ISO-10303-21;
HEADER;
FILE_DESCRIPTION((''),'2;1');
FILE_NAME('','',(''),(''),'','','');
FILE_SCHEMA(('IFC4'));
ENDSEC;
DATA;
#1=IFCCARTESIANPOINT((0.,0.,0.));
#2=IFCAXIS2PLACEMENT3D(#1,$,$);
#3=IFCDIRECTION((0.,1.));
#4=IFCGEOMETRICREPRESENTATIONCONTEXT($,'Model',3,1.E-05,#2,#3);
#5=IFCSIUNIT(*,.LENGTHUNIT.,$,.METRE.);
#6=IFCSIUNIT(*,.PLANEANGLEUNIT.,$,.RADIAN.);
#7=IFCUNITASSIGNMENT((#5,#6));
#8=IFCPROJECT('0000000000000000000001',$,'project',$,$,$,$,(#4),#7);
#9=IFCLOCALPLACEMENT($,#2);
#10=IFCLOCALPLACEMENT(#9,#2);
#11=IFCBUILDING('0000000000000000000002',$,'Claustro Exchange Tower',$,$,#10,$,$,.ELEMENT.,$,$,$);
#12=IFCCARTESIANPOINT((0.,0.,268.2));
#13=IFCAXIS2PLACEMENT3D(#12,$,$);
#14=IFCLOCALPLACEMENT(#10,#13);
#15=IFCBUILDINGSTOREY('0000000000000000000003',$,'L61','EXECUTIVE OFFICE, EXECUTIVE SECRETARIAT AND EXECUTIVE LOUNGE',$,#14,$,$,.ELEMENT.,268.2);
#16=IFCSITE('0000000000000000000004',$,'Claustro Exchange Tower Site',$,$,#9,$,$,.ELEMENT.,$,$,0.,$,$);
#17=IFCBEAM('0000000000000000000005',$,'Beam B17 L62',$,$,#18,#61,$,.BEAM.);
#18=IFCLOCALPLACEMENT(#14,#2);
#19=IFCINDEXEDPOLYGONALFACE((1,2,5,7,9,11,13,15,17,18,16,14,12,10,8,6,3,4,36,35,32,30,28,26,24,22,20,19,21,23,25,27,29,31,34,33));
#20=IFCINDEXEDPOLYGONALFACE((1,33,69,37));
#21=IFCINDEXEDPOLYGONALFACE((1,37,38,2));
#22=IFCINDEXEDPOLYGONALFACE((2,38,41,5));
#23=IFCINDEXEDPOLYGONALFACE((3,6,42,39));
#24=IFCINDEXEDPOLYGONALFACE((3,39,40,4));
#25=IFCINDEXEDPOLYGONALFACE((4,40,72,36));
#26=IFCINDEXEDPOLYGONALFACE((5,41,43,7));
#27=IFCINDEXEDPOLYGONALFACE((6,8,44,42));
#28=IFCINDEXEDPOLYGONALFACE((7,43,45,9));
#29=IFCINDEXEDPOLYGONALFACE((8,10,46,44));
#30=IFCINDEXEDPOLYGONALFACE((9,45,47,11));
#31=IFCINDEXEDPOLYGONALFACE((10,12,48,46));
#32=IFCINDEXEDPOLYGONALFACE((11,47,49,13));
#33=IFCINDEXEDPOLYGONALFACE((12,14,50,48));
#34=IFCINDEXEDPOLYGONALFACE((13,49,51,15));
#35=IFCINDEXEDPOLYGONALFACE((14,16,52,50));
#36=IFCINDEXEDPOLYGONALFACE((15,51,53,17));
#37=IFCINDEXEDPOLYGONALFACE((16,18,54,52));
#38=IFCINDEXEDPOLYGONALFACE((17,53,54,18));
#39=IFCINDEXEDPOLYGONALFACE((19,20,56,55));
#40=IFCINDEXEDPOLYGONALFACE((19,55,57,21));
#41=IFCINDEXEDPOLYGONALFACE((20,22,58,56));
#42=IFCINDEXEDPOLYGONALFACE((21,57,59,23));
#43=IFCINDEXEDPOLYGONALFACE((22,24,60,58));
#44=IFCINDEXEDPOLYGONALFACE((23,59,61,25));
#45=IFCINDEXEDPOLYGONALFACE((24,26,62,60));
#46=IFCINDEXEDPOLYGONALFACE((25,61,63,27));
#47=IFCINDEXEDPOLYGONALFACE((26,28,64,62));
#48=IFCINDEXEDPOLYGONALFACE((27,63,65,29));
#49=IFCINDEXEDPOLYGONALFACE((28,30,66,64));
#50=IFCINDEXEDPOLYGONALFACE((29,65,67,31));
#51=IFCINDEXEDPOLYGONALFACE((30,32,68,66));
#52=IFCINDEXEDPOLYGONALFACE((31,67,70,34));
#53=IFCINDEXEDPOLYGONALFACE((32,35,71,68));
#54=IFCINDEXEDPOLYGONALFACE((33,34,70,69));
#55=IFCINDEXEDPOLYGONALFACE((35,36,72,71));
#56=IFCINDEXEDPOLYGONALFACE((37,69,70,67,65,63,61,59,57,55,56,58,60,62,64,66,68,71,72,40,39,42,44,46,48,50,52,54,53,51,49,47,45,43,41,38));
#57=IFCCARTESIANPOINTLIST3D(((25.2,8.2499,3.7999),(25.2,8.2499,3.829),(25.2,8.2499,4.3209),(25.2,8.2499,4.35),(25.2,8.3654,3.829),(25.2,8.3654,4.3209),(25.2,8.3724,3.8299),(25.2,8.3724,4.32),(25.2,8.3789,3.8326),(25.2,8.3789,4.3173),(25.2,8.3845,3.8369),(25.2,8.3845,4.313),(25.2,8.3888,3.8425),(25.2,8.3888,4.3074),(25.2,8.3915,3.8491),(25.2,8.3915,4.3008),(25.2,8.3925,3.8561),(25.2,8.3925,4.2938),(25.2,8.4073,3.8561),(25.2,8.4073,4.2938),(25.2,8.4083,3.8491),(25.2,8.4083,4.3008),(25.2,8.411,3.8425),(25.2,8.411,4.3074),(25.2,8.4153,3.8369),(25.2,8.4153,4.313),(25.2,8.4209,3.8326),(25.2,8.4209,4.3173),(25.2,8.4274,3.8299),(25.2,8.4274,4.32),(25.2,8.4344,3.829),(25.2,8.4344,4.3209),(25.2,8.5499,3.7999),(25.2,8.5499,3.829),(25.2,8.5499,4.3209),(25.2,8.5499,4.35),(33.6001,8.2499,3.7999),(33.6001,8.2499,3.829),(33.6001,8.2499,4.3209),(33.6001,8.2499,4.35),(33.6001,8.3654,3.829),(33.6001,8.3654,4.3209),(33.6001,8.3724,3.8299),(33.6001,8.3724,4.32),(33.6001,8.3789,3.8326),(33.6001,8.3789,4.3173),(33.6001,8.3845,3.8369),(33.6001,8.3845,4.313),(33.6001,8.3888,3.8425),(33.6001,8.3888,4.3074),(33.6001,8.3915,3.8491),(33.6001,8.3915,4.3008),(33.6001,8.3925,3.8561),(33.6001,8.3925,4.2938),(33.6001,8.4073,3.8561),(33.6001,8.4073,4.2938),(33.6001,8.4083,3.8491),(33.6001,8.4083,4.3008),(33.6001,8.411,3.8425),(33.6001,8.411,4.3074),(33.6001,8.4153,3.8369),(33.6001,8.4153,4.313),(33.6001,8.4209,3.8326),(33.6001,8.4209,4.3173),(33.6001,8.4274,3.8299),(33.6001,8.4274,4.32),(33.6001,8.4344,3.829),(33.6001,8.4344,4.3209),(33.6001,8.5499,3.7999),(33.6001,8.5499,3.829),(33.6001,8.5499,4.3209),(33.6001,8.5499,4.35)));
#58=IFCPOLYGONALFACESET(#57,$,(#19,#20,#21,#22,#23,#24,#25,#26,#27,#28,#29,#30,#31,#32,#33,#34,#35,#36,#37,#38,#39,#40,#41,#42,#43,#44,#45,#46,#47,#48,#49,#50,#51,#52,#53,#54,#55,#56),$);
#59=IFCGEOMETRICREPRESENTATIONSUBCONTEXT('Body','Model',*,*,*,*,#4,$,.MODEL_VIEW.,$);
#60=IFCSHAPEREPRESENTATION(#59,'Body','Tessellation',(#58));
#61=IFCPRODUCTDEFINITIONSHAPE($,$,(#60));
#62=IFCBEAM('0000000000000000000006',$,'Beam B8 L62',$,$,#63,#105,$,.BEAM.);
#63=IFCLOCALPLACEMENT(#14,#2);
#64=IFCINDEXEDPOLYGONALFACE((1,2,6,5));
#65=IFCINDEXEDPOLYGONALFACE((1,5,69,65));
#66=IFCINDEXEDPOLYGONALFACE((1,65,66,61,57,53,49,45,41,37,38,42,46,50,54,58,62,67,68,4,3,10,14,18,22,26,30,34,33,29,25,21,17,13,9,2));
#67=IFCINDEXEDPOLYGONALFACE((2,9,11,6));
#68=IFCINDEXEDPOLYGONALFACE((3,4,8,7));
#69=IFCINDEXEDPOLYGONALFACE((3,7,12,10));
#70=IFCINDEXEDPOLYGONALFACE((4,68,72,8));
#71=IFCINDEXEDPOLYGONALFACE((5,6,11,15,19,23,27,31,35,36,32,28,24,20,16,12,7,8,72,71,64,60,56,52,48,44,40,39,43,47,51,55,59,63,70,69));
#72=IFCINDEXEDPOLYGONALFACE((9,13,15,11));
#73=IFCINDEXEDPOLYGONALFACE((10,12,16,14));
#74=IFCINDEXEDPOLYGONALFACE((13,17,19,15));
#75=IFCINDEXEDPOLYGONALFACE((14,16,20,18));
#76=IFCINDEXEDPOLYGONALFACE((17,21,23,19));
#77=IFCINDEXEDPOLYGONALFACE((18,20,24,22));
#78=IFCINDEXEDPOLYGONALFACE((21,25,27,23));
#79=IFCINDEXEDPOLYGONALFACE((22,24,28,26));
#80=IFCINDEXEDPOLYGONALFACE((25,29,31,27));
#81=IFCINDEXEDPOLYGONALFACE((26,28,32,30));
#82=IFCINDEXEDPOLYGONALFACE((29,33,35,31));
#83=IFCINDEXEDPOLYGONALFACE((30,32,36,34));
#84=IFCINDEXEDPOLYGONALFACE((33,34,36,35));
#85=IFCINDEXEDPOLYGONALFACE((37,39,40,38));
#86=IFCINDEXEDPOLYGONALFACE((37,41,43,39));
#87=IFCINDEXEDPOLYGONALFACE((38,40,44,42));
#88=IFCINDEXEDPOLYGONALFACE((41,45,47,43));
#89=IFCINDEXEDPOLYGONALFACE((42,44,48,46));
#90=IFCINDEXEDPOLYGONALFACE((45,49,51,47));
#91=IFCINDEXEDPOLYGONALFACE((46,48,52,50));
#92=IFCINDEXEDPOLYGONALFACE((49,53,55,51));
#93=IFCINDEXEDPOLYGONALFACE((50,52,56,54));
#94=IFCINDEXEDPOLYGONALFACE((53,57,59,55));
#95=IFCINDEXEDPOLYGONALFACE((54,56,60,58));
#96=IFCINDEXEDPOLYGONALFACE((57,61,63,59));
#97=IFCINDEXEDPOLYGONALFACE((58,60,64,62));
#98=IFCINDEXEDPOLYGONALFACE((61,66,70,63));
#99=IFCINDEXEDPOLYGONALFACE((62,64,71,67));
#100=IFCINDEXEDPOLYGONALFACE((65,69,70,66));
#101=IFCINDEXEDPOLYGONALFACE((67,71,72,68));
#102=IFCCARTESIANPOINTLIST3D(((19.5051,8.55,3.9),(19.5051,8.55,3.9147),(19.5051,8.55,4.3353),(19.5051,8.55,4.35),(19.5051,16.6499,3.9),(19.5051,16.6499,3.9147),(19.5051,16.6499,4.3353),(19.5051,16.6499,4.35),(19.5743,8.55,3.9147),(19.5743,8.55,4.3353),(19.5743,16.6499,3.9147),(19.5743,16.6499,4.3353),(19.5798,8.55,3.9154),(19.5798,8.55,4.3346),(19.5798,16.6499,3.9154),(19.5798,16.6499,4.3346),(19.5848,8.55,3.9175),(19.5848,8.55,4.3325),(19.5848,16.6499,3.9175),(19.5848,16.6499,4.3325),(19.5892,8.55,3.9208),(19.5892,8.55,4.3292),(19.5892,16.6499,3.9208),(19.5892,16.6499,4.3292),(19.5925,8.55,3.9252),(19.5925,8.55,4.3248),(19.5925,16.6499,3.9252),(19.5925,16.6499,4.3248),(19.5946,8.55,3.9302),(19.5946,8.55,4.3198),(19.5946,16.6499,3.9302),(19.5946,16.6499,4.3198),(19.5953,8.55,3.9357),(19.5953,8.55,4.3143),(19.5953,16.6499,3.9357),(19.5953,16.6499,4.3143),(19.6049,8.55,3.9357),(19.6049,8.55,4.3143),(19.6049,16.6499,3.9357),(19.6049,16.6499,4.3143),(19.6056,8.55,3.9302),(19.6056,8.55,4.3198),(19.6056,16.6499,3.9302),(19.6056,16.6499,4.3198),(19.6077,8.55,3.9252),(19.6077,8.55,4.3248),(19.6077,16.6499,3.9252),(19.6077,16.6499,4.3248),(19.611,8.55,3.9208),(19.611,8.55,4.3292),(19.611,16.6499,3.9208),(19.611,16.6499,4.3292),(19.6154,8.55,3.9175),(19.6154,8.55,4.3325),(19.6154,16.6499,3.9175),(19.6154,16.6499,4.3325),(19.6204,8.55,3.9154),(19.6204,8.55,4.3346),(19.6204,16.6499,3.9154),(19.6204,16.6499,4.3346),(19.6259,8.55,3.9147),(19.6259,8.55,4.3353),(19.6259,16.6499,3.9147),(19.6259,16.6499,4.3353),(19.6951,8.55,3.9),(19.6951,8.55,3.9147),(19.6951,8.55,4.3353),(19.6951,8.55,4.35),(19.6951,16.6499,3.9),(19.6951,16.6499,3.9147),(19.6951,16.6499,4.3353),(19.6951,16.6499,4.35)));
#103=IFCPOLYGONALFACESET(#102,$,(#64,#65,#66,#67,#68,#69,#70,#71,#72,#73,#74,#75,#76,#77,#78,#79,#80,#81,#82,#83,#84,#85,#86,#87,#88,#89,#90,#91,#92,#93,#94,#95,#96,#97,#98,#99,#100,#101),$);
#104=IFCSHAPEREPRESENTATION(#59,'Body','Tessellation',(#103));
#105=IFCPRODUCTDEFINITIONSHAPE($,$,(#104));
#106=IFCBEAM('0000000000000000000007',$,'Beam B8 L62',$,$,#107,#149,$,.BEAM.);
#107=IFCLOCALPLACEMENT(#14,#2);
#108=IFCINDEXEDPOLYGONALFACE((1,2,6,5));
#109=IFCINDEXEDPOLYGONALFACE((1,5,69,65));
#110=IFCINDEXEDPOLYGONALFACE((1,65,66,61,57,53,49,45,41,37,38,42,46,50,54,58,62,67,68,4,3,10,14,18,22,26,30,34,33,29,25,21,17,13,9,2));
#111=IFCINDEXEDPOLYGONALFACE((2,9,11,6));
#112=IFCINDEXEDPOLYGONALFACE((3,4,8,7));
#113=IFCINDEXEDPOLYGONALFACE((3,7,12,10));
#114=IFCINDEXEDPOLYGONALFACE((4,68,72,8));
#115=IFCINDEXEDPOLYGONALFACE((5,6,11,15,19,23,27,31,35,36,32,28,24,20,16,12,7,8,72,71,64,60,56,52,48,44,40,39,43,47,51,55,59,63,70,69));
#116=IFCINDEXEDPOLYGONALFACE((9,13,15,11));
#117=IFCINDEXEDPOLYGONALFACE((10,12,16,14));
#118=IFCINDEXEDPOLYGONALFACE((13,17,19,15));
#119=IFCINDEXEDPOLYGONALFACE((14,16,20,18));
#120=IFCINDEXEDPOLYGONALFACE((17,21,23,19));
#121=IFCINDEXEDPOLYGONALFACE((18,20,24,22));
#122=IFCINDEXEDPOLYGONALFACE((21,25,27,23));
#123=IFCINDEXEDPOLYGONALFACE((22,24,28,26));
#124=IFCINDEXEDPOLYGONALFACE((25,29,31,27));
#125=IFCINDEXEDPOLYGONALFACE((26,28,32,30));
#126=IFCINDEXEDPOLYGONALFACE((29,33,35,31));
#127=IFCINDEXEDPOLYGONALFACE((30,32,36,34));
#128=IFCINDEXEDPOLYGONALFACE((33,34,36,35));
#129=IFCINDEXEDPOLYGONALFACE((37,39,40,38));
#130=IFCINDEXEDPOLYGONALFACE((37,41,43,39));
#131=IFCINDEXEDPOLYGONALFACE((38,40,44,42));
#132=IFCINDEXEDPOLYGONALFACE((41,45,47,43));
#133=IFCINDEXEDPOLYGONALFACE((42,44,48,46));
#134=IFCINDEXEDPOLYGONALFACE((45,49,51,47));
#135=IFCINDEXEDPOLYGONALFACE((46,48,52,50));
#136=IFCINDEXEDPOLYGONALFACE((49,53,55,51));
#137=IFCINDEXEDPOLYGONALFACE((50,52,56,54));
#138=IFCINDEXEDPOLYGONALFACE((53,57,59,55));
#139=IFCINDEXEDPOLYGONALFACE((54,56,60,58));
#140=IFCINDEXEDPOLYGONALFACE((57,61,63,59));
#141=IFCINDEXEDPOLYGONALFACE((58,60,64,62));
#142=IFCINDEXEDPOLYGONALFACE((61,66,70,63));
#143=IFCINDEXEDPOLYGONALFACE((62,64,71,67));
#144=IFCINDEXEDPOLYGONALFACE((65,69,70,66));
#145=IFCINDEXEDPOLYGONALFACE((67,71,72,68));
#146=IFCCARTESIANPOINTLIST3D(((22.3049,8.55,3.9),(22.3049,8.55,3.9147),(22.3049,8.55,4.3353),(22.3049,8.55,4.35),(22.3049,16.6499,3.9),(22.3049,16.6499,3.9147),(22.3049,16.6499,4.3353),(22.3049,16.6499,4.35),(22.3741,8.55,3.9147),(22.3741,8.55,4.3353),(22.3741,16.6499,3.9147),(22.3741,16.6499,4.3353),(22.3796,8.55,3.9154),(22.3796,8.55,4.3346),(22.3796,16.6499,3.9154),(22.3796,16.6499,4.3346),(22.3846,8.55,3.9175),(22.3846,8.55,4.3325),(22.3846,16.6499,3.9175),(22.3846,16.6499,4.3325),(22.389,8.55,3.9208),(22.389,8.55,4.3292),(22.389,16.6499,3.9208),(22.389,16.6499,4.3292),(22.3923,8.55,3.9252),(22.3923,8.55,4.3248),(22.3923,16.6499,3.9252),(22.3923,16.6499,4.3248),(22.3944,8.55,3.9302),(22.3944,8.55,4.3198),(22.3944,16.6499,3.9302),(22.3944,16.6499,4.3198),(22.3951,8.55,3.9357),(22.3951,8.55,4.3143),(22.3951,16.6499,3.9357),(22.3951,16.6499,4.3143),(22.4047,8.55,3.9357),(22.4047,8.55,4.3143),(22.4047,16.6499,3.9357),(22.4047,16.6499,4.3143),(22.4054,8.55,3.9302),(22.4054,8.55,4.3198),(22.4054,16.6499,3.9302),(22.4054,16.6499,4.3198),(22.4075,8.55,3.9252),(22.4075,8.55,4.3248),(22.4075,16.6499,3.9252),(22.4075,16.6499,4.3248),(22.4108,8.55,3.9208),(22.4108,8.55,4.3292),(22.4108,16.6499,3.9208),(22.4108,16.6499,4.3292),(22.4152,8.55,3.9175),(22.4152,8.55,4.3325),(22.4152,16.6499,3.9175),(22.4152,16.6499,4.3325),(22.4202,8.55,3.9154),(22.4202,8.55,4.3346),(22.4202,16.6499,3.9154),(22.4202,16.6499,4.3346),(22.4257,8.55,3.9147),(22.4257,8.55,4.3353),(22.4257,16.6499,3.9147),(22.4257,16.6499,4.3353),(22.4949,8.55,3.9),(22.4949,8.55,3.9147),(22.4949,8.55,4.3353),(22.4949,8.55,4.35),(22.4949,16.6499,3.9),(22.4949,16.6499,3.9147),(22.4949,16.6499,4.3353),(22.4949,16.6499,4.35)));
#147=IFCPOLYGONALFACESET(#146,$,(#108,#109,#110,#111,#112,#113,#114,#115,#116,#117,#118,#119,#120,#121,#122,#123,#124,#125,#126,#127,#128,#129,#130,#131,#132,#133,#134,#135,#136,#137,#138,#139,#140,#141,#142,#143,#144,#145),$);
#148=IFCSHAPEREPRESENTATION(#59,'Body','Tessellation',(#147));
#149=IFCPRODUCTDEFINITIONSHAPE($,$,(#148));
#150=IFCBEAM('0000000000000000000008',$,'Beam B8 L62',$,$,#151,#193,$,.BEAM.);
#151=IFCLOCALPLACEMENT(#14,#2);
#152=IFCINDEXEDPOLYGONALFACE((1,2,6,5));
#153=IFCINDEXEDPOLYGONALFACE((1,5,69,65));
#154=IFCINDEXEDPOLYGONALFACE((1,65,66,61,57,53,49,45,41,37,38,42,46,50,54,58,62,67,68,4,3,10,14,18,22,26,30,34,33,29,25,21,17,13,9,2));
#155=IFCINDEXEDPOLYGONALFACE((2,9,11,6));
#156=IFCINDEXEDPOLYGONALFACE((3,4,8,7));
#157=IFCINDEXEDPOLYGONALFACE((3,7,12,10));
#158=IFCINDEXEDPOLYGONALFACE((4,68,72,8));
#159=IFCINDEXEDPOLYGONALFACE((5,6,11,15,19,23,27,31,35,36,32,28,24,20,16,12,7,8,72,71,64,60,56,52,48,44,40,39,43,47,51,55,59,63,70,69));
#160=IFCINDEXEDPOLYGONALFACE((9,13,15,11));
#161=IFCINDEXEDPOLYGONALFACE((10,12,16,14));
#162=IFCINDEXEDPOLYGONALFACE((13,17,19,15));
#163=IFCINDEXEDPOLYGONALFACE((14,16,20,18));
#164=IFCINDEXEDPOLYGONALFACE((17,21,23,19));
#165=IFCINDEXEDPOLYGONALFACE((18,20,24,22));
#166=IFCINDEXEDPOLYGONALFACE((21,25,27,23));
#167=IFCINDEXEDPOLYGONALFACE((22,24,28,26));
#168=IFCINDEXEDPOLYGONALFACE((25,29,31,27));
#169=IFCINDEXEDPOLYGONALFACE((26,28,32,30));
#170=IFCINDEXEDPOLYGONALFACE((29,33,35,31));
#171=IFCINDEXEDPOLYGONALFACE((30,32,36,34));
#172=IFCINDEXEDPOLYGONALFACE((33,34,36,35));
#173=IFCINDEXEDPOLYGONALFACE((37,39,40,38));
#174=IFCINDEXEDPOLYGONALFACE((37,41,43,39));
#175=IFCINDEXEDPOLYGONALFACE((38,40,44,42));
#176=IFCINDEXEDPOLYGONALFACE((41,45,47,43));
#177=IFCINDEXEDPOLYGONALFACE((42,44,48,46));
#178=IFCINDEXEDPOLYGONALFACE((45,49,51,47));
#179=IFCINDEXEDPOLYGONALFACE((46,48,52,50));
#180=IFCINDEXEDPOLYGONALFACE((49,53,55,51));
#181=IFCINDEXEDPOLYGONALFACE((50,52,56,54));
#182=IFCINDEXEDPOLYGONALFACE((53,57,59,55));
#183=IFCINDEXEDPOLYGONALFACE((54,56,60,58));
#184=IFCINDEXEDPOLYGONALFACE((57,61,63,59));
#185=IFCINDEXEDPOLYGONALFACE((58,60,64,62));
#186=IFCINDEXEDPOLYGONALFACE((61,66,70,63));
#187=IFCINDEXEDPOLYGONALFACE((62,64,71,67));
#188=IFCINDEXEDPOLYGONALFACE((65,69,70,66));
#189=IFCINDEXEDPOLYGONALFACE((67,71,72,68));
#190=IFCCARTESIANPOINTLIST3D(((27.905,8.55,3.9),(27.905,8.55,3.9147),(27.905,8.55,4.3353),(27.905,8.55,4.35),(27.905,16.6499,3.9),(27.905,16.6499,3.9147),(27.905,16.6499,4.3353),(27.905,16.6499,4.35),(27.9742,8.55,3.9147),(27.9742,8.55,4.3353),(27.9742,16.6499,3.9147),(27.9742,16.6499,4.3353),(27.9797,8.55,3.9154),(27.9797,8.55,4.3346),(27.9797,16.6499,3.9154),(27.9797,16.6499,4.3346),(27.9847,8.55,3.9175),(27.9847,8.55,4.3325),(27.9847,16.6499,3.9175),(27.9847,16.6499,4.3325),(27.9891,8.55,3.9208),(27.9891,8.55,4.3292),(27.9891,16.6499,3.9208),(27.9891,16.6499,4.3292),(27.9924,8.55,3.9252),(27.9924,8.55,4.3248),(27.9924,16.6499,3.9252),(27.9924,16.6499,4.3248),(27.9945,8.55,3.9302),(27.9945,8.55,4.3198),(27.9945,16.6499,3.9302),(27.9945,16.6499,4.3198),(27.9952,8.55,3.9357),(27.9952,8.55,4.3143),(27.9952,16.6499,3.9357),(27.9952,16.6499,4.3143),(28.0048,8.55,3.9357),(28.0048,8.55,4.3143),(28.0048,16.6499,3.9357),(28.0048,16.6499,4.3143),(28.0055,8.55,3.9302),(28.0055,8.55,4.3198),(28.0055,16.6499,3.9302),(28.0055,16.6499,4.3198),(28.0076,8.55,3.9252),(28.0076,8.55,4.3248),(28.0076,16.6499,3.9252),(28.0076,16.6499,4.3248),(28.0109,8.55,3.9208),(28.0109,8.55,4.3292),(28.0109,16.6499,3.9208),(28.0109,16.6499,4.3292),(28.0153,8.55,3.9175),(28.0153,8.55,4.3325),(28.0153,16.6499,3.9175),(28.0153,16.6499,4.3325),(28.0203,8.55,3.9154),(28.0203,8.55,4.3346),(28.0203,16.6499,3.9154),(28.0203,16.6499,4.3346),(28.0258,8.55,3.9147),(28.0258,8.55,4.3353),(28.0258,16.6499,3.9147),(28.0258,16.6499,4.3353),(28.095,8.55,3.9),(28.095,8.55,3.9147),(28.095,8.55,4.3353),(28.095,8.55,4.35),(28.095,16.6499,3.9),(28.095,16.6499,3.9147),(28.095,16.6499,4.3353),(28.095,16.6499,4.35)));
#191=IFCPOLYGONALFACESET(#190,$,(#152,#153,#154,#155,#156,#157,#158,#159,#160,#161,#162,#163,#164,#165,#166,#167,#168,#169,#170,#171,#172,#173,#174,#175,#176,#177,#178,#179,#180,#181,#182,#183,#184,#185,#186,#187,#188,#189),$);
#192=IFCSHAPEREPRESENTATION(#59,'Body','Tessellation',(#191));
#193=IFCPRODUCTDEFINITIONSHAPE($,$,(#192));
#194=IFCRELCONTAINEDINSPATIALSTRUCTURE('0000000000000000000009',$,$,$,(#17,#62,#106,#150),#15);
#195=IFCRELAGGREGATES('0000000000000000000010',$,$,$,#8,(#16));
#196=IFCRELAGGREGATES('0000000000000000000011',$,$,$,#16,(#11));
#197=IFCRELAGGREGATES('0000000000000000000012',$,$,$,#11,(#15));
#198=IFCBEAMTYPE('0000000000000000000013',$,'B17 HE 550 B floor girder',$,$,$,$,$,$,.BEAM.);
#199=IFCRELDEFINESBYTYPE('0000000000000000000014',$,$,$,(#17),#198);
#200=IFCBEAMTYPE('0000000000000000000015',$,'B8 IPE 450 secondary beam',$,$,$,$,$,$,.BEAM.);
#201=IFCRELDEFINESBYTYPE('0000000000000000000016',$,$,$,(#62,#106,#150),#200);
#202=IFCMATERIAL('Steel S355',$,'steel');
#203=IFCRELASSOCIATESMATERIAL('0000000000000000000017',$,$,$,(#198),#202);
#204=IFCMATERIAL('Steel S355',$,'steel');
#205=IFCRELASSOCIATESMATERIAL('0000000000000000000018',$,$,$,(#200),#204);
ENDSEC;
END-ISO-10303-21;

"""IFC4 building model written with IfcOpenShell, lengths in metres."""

from ifc_helpers import new_model, si_unit, direction, frame, origin, origin_2d, place, context, subcontext, project, spatial, i_section, extrude, material, material_profile, profile_set, type_object, element, save


model = new_model("IFC4")

# Units and contexts
model_context = context("Model", 3, precision=1e-05, world=origin(), true_north=direction((0.0, 1.0)))
body_context = subcontext(model_context, "Body", "Model", "MODEL_VIEW")
ifc_project = project(units=[si_unit("LENGTHUNIT", "METRE"), si_unit("PLANEANGLEUNIT", "RADIAN")], contexts=[model_context])

# Site, building, storey
site_placement = place(None, origin())
site = spatial("IfcSite", under=ifc_project, at=site_placement, Name="Claustro Exchange Tower Site", CompositionType="ELEMENT", RefElevation=0.0)
building_placement = place(site_placement, origin())
building = spatial("IfcBuilding", under=site, at=building_placement, Name="Claustro Exchange Tower", CompositionType="ELEMENT")
storey_placement = place(building_placement, frame((0.0, 0.0, 268.2)))
storey = spatial("IfcBuildingStorey", under=building, at=storey_placement, Name="L61", Description="EXECUTIVE OFFICE, EXECUTIVE SECRETARIAT AND EXECUTIVE LOUNGE", CompositionType="ELEMENT", Elevation=268.2)

# Beams
ifc_material_1 = material(Name="Steel S355", Category="steel")
ifc_material_profile_1 = material_profile(ifc_material_1, i_section(OverallWidth=0.3, OverallDepth=0.55, WebThickness=0.0149, FlangeThickness=0.0291, FilletRadius=0.0271, at=origin_2d()), Name="HE 550 B")
ifc_profile_set_1 = profile_set([ifc_material_profile_1], Name="Steel S355")
beam_type_1 = type_object("IfcBeamType", Name="B17 HE 550 B floor girder", PredefinedType="BEAM", material=ifc_profile_set_1)
for number, where, z_axis, x_axis, name in (
    (1, (25.2, 8.3999, 4.075), (1.0, 0.0, 0.0), (0.0, 1.0, 0.0), "Beam B17 L62"),
):
    element("IfcBeam", number, at=place(storey_placement, frame(where, z_axis=z_axis, x_axis=x_axis)), inside=storey, type_object=beam_type_1, Name=name, PredefinedType="BEAM", context=body_context, shape_type="SweptSolid", body=[
        extrude(i_section(OverallWidth=0.3, OverallDepth=0.55, WebThickness=0.0149, FlangeThickness=0.0291, FilletRadius=0.0271, at=origin_2d()), origin(), (0.0, 0.0, 1.0), 8.4001),
    ])
ifc_material_2 = material(Name="Steel S355", Category="steel")
ifc_material_profile_2 = material_profile(ifc_material_2, i_section(OverallWidth=0.1899, OverallDepth=0.45, WebThickness=0.0095, FlangeThickness=0.0146, FilletRadius=0.021, at=origin_2d()), Name="IPE 450")
ifc_profile_set_2 = profile_set([ifc_material_profile_2], Name="Steel S355")
beam_type_2 = type_object("IfcBeamType", Name="B8 IPE 450 secondary beam", PredefinedType="BEAM", material=ifc_profile_set_2)
for number, where, z_axis, x_axis, name in (
    (2, (19.6001, 8.55, 4.125), (0.0, 1.0, 0.0), (-1.0, 0.0, 0.0), "Beam B8 L62"),
    (3, (22.3999, 8.55, 4.125), (0.0, 1.0, 0.0), (-1.0, 0.0, 0.0), "Beam B8 L62"),
    (4, (28.0, 8.55, 4.125), (0.0, 1.0, 0.0), (-1.0, 0.0, 0.0), "Beam B8 L62"),
):
    element("IfcBeam", number, at=place(storey_placement, frame(where, z_axis=z_axis, x_axis=x_axis)), inside=storey, type_object=beam_type_2, Name=name, PredefinedType="BEAM", context=body_context, shape_type="SweptSolid", body=[
        extrude(i_section(OverallWidth=0.1899, OverallDepth=0.45, WebThickness=0.0095, FlangeThickness=0.0146, FilletRadius=0.021, at=origin_2d()), origin(), (0.0, 0.0, 1.0), 8.0999),
    ])

save(model, "model.ifc")
